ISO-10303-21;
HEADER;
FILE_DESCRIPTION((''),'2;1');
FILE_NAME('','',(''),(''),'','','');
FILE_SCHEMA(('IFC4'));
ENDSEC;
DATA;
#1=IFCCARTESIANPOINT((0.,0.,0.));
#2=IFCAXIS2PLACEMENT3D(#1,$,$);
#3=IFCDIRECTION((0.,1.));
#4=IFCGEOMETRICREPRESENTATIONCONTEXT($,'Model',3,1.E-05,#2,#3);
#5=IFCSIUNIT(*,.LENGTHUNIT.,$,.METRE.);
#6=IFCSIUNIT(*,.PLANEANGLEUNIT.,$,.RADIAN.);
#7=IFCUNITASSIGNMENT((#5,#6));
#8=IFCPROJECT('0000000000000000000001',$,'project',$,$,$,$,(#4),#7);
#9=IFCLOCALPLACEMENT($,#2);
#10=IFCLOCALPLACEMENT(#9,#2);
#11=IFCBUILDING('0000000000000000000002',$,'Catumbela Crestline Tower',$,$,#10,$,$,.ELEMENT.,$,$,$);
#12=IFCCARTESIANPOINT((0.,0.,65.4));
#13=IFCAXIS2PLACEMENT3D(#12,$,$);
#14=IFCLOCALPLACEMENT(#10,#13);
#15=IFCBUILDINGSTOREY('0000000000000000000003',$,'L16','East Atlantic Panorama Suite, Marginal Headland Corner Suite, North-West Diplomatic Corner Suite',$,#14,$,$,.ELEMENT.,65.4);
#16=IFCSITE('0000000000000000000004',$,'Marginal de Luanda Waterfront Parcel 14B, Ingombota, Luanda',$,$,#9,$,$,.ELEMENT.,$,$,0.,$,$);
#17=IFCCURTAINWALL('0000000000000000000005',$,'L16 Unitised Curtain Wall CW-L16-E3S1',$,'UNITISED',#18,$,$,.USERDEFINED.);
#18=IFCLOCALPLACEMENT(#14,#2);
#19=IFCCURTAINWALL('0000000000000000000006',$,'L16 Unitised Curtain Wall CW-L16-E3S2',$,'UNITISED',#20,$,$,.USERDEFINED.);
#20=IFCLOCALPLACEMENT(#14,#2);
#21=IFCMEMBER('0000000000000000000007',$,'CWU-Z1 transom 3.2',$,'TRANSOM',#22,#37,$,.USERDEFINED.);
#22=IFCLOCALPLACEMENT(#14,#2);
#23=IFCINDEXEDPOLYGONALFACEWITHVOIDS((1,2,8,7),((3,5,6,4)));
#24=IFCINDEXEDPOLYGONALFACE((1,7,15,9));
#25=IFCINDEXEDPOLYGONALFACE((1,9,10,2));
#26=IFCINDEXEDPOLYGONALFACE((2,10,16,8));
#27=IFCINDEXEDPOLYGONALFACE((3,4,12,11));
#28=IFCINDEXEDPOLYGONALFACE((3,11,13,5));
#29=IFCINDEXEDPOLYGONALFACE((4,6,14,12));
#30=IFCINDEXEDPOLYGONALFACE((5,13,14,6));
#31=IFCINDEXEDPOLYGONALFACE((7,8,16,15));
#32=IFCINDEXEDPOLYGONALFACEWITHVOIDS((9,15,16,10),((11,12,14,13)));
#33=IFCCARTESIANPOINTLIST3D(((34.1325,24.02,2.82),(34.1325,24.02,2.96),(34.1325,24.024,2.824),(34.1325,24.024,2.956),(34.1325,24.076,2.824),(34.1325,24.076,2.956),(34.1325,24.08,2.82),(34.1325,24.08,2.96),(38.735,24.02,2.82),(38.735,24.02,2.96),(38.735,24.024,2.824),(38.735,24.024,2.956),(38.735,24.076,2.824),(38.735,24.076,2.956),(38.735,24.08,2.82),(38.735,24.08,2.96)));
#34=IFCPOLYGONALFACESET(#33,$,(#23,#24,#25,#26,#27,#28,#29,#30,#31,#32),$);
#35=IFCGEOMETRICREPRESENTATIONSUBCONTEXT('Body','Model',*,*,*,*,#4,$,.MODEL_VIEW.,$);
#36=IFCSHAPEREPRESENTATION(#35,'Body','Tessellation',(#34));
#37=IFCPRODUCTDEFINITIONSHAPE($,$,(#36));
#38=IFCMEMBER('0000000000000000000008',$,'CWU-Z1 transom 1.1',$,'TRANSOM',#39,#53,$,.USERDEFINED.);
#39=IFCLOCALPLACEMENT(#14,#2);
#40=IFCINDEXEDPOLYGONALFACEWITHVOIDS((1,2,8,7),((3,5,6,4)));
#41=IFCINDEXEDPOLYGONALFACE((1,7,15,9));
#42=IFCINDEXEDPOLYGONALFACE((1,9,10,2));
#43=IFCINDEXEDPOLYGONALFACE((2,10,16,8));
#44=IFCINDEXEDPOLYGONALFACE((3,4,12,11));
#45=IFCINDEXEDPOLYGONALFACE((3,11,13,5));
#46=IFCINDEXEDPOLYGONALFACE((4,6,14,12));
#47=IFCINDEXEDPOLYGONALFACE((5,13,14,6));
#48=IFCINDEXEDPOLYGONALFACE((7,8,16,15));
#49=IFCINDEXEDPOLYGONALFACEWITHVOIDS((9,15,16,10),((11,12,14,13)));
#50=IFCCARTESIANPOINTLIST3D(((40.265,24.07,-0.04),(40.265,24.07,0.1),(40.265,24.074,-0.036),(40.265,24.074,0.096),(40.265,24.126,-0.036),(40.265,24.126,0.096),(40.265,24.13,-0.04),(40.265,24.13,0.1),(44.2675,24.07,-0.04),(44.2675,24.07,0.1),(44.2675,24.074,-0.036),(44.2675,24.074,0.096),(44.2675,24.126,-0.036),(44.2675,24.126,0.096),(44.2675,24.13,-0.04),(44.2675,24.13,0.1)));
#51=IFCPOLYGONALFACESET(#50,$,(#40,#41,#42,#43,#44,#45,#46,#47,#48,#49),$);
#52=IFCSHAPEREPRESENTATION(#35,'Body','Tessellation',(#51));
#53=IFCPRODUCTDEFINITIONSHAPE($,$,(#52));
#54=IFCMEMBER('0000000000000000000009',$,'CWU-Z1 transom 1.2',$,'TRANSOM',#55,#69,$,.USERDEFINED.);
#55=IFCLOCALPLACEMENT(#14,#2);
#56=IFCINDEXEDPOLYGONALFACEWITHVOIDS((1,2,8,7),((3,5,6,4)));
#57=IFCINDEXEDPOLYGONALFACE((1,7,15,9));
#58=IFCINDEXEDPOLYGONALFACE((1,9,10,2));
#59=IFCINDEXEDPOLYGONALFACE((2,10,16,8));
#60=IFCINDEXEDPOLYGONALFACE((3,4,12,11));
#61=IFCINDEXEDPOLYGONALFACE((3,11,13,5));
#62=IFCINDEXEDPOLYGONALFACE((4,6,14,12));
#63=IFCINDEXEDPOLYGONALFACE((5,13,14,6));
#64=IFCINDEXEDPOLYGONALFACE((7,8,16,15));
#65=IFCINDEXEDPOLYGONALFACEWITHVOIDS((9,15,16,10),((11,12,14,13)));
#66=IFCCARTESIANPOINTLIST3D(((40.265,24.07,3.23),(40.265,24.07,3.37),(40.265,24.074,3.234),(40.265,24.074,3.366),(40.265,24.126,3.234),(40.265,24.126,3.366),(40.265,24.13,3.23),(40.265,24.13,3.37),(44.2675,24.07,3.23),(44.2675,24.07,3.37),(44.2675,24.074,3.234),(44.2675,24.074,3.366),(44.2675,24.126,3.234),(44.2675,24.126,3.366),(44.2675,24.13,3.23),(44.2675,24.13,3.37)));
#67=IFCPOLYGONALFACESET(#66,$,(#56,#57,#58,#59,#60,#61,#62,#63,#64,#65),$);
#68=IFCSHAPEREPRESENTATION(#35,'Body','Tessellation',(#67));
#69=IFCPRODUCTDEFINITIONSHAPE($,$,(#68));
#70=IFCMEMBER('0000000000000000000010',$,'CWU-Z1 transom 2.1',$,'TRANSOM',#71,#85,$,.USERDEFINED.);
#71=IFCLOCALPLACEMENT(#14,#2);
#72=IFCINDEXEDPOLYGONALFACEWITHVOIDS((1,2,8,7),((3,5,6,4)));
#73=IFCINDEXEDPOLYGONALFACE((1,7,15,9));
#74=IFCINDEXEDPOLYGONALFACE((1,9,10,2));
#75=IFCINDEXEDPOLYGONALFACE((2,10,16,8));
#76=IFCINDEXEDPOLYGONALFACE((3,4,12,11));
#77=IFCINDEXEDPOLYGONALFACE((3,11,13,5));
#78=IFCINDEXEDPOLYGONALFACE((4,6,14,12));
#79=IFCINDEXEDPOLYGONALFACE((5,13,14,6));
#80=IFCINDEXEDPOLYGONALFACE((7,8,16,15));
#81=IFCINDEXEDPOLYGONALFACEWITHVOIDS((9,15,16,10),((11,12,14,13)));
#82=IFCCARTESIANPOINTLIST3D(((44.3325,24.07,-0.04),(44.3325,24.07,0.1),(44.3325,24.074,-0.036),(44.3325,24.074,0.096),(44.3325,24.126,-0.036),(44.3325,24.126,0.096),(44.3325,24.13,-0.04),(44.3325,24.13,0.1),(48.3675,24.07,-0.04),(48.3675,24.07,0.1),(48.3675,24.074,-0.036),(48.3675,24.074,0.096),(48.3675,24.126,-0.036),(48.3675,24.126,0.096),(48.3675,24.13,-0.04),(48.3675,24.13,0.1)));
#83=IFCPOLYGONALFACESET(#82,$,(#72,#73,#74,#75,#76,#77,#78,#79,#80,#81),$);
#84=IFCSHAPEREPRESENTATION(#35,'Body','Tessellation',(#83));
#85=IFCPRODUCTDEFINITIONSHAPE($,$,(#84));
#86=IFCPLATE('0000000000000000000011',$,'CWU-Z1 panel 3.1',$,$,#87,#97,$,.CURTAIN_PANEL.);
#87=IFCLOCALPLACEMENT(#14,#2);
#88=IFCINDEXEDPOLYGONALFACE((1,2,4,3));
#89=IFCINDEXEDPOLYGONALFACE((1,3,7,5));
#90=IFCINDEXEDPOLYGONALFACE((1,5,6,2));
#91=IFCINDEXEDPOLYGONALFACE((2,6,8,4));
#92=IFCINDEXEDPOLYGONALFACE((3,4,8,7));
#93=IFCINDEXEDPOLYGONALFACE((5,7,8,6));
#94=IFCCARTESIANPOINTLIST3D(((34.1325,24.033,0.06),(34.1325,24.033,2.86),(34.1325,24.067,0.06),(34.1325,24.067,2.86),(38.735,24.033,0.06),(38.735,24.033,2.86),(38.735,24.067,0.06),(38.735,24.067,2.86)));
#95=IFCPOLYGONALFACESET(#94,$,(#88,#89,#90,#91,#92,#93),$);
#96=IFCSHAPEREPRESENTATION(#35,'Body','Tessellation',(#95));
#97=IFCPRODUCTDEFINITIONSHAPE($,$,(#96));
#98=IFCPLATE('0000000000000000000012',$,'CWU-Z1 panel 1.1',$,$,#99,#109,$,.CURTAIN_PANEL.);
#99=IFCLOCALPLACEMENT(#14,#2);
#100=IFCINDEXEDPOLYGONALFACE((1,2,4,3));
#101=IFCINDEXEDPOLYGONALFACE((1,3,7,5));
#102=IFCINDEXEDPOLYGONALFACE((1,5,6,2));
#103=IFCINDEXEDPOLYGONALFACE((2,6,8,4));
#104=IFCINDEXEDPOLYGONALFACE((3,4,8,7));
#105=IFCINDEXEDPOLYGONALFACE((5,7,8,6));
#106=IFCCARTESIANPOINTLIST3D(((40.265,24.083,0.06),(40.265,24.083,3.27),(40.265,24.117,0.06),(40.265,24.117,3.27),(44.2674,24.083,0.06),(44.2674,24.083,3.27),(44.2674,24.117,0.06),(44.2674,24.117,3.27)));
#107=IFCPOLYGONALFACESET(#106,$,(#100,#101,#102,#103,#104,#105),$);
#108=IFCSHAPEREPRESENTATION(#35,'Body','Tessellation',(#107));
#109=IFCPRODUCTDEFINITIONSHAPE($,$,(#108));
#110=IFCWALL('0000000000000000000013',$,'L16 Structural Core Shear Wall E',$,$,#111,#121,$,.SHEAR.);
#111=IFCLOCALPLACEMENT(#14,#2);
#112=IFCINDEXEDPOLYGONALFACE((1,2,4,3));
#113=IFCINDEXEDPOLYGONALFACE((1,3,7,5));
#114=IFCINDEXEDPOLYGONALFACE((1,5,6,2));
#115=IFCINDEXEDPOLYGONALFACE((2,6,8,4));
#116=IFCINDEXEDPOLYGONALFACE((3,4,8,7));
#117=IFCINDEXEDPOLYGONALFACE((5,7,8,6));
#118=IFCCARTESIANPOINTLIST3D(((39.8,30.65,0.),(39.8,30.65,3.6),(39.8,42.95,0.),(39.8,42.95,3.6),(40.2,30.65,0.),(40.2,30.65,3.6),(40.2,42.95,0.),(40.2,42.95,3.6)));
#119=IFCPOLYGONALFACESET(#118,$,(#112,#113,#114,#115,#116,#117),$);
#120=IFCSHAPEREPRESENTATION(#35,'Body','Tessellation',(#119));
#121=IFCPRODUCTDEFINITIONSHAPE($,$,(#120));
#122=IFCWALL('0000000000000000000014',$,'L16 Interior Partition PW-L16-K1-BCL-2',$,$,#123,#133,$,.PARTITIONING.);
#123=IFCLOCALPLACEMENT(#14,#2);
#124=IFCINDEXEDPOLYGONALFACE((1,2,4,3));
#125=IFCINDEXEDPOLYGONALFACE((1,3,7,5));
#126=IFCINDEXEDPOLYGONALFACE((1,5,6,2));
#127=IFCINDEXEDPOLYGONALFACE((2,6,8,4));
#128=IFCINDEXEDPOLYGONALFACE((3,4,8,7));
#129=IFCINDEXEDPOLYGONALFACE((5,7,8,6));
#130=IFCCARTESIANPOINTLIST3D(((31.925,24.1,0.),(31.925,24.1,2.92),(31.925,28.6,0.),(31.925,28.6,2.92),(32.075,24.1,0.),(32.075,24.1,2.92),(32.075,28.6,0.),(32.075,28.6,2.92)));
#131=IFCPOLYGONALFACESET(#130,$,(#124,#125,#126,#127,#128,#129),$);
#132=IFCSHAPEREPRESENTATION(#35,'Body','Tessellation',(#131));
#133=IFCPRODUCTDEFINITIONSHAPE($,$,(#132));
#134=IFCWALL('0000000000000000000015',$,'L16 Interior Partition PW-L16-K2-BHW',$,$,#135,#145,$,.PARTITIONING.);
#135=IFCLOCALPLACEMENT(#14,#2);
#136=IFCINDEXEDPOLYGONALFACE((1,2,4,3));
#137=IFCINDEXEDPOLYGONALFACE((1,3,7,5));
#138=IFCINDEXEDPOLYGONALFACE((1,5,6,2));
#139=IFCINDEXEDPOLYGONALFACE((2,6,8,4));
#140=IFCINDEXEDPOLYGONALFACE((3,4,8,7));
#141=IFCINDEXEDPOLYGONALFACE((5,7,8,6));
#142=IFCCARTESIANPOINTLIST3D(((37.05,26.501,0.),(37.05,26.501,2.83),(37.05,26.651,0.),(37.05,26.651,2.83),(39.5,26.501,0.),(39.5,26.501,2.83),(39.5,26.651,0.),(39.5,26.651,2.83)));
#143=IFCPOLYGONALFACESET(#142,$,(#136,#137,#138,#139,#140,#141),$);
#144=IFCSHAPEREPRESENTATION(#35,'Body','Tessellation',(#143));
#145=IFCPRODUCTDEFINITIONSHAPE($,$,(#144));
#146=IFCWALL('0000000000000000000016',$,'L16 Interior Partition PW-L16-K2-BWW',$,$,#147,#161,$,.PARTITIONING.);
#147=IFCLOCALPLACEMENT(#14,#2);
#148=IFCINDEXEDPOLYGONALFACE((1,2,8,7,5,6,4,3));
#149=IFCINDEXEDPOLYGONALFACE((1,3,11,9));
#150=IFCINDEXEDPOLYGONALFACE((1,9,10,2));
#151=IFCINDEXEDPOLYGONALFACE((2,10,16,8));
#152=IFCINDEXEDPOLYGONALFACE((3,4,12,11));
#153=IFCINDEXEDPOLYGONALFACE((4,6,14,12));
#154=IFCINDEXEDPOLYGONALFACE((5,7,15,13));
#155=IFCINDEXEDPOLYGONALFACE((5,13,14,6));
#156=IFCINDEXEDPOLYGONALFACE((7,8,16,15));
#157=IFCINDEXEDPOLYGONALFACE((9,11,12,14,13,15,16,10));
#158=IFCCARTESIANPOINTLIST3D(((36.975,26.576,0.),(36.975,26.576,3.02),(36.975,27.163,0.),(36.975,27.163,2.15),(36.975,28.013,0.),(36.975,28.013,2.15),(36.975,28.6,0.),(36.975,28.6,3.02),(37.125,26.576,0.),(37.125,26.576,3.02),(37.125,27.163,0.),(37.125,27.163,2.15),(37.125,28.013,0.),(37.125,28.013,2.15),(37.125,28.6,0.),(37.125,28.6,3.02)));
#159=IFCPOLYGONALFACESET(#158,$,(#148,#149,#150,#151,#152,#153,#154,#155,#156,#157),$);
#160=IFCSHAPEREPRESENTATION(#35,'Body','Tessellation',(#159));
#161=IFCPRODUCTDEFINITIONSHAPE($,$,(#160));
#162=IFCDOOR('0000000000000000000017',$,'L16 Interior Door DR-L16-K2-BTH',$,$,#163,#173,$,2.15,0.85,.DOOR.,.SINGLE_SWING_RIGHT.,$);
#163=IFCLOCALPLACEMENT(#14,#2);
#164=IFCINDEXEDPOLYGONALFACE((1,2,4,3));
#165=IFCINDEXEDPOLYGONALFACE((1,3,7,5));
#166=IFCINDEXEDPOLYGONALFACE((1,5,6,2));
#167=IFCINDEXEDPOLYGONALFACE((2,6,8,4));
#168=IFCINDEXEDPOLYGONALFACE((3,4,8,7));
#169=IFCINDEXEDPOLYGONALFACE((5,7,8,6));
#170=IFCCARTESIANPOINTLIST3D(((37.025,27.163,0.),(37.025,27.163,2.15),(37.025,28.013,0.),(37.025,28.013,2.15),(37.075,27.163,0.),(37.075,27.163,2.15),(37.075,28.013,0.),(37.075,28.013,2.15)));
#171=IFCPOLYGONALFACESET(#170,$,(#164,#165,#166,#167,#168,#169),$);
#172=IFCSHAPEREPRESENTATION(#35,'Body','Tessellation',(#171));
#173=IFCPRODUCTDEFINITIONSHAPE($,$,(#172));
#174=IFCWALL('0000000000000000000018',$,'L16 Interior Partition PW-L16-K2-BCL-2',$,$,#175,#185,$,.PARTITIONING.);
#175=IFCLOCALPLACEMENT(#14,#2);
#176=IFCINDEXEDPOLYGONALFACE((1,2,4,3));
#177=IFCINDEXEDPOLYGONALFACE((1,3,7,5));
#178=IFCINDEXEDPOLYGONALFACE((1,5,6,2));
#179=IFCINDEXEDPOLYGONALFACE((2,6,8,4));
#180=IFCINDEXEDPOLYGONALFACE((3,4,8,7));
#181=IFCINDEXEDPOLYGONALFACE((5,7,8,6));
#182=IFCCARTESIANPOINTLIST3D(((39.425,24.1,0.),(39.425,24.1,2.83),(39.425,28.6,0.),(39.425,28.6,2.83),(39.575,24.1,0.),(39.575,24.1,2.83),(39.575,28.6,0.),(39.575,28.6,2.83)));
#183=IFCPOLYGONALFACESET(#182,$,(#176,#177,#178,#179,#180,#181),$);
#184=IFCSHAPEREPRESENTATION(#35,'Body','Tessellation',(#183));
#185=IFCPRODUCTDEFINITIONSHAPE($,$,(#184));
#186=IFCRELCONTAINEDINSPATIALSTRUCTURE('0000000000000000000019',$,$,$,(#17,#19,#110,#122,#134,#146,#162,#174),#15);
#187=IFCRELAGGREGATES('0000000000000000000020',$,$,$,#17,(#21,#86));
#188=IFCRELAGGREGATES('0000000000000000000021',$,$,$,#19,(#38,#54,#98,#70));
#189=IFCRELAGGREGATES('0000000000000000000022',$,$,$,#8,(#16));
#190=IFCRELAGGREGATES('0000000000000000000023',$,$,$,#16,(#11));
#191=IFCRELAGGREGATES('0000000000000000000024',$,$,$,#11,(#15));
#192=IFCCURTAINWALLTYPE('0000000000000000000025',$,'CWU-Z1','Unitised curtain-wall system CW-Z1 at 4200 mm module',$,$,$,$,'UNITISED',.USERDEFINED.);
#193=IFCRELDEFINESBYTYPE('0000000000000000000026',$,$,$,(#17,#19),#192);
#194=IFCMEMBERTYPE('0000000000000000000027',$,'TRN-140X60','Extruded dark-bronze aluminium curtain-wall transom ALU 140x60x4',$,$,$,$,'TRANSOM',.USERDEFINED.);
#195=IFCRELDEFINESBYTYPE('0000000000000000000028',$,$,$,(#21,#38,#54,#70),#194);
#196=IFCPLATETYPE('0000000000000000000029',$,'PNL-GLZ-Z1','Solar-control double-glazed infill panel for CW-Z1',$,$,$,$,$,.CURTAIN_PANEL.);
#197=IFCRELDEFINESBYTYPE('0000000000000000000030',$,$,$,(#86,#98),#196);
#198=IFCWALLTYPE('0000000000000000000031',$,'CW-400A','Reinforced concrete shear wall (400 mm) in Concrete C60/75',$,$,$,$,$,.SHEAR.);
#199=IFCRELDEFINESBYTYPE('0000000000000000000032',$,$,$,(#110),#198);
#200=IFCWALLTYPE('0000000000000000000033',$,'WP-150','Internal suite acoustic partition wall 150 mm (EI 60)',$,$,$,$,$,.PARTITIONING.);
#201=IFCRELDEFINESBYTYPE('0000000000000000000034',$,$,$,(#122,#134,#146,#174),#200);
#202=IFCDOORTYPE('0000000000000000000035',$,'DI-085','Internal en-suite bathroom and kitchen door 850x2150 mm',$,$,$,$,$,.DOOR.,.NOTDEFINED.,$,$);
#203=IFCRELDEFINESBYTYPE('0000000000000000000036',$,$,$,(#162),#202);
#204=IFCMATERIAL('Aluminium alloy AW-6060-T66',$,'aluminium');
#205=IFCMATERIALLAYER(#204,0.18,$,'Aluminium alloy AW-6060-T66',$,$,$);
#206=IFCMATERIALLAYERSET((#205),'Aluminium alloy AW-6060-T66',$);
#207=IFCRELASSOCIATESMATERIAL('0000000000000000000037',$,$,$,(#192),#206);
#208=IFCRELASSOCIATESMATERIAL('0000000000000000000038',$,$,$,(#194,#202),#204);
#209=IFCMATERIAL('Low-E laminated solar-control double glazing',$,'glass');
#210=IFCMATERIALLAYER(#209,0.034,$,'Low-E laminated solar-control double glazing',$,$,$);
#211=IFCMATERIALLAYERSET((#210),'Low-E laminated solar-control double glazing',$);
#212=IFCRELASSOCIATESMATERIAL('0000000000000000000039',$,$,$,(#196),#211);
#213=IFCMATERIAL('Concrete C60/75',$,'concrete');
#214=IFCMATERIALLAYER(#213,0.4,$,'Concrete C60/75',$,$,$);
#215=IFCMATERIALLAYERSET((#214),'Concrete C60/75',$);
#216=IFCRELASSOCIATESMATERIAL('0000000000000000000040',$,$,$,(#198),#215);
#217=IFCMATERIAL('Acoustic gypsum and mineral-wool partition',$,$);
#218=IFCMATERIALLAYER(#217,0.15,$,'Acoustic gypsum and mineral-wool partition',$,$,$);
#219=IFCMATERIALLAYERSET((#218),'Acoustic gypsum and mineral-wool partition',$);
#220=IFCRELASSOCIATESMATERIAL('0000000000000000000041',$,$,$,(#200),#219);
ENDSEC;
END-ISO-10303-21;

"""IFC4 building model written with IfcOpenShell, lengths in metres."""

from ifc_helpers import new_model, si_unit, direction, frame, frame_2d, origin, origin_2d, place, context, subcontext, project, spatial, rectangle, hollow_rectangle, extrude, material, layer, layer_set, material_profile, profile_set, type_object, element, fill, aggregate, save


model = new_model("IFC4")

# Units and contexts
model_context = context("Model", 3, precision=1e-05, world=origin(), true_north=direction((0.0, 1.0)))
body_context = subcontext(model_context, "Body", "Model", "MODEL_VIEW")
ifc_project = project(units=[si_unit("LENGTHUNIT", "METRE"), si_unit("PLANEANGLEUNIT", "RADIAN")], contexts=[model_context])

# Site, building, storey
site_placement = place(None, origin())
site = spatial("IfcSite", under=ifc_project, at=site_placement, Name="Marginal de Luanda Waterfront Parcel 14B, Ingombota, Luanda", CompositionType="ELEMENT", RefElevation=0.0)
building_placement = place(site_placement, origin())
building = spatial("IfcBuilding", under=site, at=building_placement, Name="Catumbela Crestline Tower", CompositionType="ELEMENT")
storey_placement = place(building_placement, frame((0.0, 0.0, 65.4)))
storey = spatial("IfcBuildingStorey", under=building, at=storey_placement, Name="L16", Description="East Atlantic Panorama Suite, Marginal Headland Corner Suite, North-West Diplomatic Corner Suite", CompositionType="ELEMENT", Elevation=65.4)

# Shared definitions
ifc_material_1 = material(Name="Concrete C60/75", Category="concrete")

# Curtain walls
ifc_material_2 = material(Name="Aluminium alloy AW-6060-T66", Category="aluminium")
ifc_layer_1 = layer(ifc_material_2, 0.18, Name="Aluminium alloy AW-6060-T66")
ifc_layer_set_1 = layer_set([ifc_layer_1], Name="Aluminium alloy AW-6060-T66")
curtain_wall_type = type_object("IfcCurtainWallType", Name="CWU-Z1", Description="Unitised curtain-wall system CW-Z1 at 4200 mm module", ElementType="UNITISED", PredefinedType="USERDEFINED", material=ifc_layer_set_1)
curtain_wall_1_placement = place(storey_placement, origin())
curtain_wall_1 = element("IfcCurtainWall", 1, at=curtain_wall_1_placement, inside=storey, type_object=curtain_wall_type, Name="L16 Unitised Curtain Wall CW-L16-E3S1", ObjectType="UNITISED", PredefinedType="USERDEFINED")
curtain_wall_2_placement = place(storey_placement, origin())
curtain_wall_2 = element("IfcCurtainWall", 2, at=curtain_wall_2_placement, inside=storey, type_object=curtain_wall_type, Name="L16 Unitised Curtain Wall CW-L16-E3S2", ObjectType="UNITISED", PredefinedType="USERDEFINED")

# Members
ifc_material_profile_1 = material_profile(ifc_material_2, hollow_rectangle(XDim=0.06, YDim=0.14, WallThickness=0.004, at=origin_2d()), Name="ALU 140x60x4")
ifc_profile_set_1 = profile_set([ifc_material_profile_1], Name="Aluminium alloy AW-6060-T66")
member_type_1 = type_object("IfcMemberType", Name="TRN-140X60", Description="Extruded dark-bronze aluminium curtain-wall transom ALU 140x60x4", ElementType="TRANSOM", PredefinedType="USERDEFINED", material=ifc_profile_set_1)
member_1_placement = place(storey_placement, frame((34.1325, 24.05, 2.89), z_axis=(1.0, 0.0, 0.0), x_axis=(0.0, 1.0, 0.0)))
member_1 = element("IfcMember", 3, at=member_1_placement, type_object=member_type_1, Name="CWU-Z1 transom 3.2", ObjectType="TRANSOM", PredefinedType="USERDEFINED", context=body_context, shape_type="SweptSolid", body=[
    extrude(hollow_rectangle(XDim=0.06, YDim=0.14, WallThickness=0.004, at=origin_2d()), origin(), (0.0, 0.0, 1.0), 4.6025),
])
member_2_placement = place(storey_placement, frame((40.265, 24.1, 0.03), z_axis=(1.0, 0.0, 0.0), x_axis=(0.0, 1.0, 0.0)))
member_2 = element("IfcMember", 4, at=member_2_placement, type_object=member_type_1, Name="CWU-Z1 transom 1.1", ObjectType="TRANSOM", PredefinedType="USERDEFINED", context=body_context, shape_type="SweptSolid", body=[
    extrude(hollow_rectangle(XDim=0.06, YDim=0.14, WallThickness=0.004, at=origin_2d()), origin(), (0.0, 0.0, 1.0), 4.0025),
])
member_3_placement = place(storey_placement, frame((40.265, 24.1, 3.3), z_axis=(1.0, 0.0, 0.0), x_axis=(0.0, 1.0, 0.0)))
member_3 = element("IfcMember", 5, at=member_3_placement, type_object=member_type_1, Name="CWU-Z1 transom 1.2", ObjectType="TRANSOM", PredefinedType="USERDEFINED", context=body_context, shape_type="SweptSolid", body=[
    extrude(hollow_rectangle(XDim=0.06, YDim=0.14, WallThickness=0.004, at=origin_2d()), origin(), (0.0, 0.0, 1.0), 4.0025),
])
member_4_placement = place(storey_placement, frame((44.3325, 24.1, 0.03), z_axis=(1.0, 0.0, 0.0), x_axis=(0.0, 1.0, 0.0)))
member_4 = element("IfcMember", 6, at=member_4_placement, type_object=member_type_1, Name="CWU-Z1 transom 2.1", ObjectType="TRANSOM", PredefinedType="USERDEFINED", context=body_context, shape_type="SweptSolid", body=[
    extrude(hollow_rectangle(XDim=0.06, YDim=0.14, WallThickness=0.004, at=origin_2d()), origin(), (0.0, 0.0, 1.0), 4.035),
])

# Plates
ifc_material_3 = material(Name="Low-E laminated solar-control double glazing", Category="glass")
ifc_layer_2 = layer(ifc_material_3, 0.034, Name="Low-E laminated solar-control double glazing")
ifc_layer_set_2 = layer_set([ifc_layer_2], Name="Low-E laminated solar-control double glazing")
plate_type = type_object("IfcPlateType", Name="PNL-GLZ-Z1", Description="Solar-control double-glazed infill panel for CW-Z1", PredefinedType="CURTAIN_PANEL", material=ifc_layer_set_2)
plate_1_placement = place(storey_placement, frame((36.4338, 24.05, 0.06), z_axis=(0.0, 0.0, 1.0), x_axis=(1.0, 0.0, 0.0)))
plate_1 = element("IfcPlate", 7, at=plate_1_placement, type_object=plate_type, Name="CWU-Z1 panel 3.1", PredefinedType="CURTAIN_PANEL", context=body_context, shape_type="SweptSolid", body=[
    extrude(rectangle(XDim=4.6025, YDim=0.034, at=origin_2d()), origin(), (0.0, 0.0, 1.0), 2.8),
])
aggregate(curtain_wall_1, [member_1, plate_1])
plate_2_placement = place(storey_placement, frame((42.2662, 24.1, 0.06), z_axis=(0.0, 0.0, 1.0), x_axis=(1.0, 0.0, 0.0)))
plate_2 = element("IfcPlate", 8, at=plate_2_placement, type_object=plate_type, Name="CWU-Z1 panel 1.1", PredefinedType="CURTAIN_PANEL", context=body_context, shape_type="SweptSolid", body=[
    extrude(rectangle(XDim=4.0025, YDim=0.034, at=origin_2d()), origin(), (0.0, 0.0, 1.0), 3.21),
])
aggregate(curtain_wall_2, [member_2, member_3, plate_2, member_4])

# Walls
ifc_layer_3 = layer(ifc_material_1, 0.4, Name="Concrete C60/75")
ifc_layer_set_3 = layer_set([ifc_layer_3], Name="Concrete C60/75")
wall_type_1 = type_object("IfcWallType", Name="CW-400A", Description="Reinforced concrete shear wall (400 mm) in Concrete C60/75", PredefinedType="SHEAR", material=ifc_layer_set_3)
wall_1_placement = place(storey_placement, frame((40.0, 30.65, 0.0), z_axis=(0.0, 0.0, 1.0), x_axis=(0.0, 1.0, 0.0)))
element("IfcWall", 9, at=wall_1_placement, inside=storey, type_object=wall_type_1, Name="L16 Structural Core Shear Wall E", PredefinedType="SHEAR", context=body_context, shape_type="SweptSolid", body=[
    extrude(rectangle(XDim=12.3, YDim=0.4, at=frame_2d((6.15, 0.0))), origin(), (0.0, 0.0, 1.0), 3.6),
])
ifc_material_4 = material(Name="Acoustic gypsum and mineral-wool partition")
ifc_layer_4 = layer(ifc_material_4, 0.15, Name="Acoustic gypsum and mineral-wool partition")
ifc_layer_set_4 = layer_set([ifc_layer_4], Name="Acoustic gypsum and mineral-wool partition")
wall_type_2 = type_object("IfcWallType", Name="WP-150", Description="Internal suite acoustic partition wall 150 mm (EI 60)", PredefinedType="PARTITIONING", material=ifc_layer_set_4)
wall_2_placement = place(storey_placement, frame((32.0, 28.6, 0.0), z_axis=(0.0, 0.0, 1.0), x_axis=(0.0, -1.0, 0.0)))
element("IfcWall", 10, at=wall_2_placement, inside=storey, type_object=wall_type_2, Name="L16 Interior Partition PW-L16-K1-BCL-2", PredefinedType="PARTITIONING", context=body_context, shape_type="SweptSolid", body=[
    extrude(rectangle(XDim=4.5, YDim=0.15, at=frame_2d((2.25, 0.0))), origin(), (0.0, 0.0, 1.0), 2.92),
])
wall_3_placement = place(storey_placement, frame((37.05, 26.576, 0.0), z_axis=(0.0, 0.0, 1.0), x_axis=(1.0, 0.0, 0.0)))
element("IfcWall", 11, at=wall_3_placement, inside=storey, type_object=wall_type_2, Name="L16 Interior Partition PW-L16-K2-BHW", PredefinedType="PARTITIONING", context=body_context, shape_type="SweptSolid", body=[
    extrude(rectangle(XDim=2.45, YDim=0.15, at=frame_2d((1.225, 0.0))), origin(), (0.0, 0.0, 1.0), 2.83),
])

# Wall, opening, door
wall_4_placement = place(storey_placement, frame((37.05, 26.576, 0.0), z_axis=(0.0, 0.0, 1.0), x_axis=(0.0, 1.0, 0.0)))
wall_4 = element("IfcWall", 12, at=wall_4_placement, inside=storey, type_object=wall_type_2, Name="L16 Interior Partition PW-L16-K2-BWW", PredefinedType="PARTITIONING", context=body_context, shape_type="SweptSolid", body=[
    extrude(rectangle(XDim=2.024, YDim=0.15, at=frame_2d((1.012, 0.0))), origin(), (0.0, 0.0, 1.0), 3.02),
])
opening_1_placement = place(wall_4_placement, frame((0.587, 0.0, 0.0)))
opening_1 = element("IfcOpeningElement", 13, at=opening_1_placement, cuts=wall_4, PredefinedType="OPENING", context=body_context, shape_type="SweptSolid", body=[
    extrude(rectangle(XDim=0.85, YDim=2.15, at=frame_2d((0.425, 1.075))), frame((0.0, 0.085, 0.0), z_axis=(0.0, -1.0, 0.0), x_axis=(1.0, 0.0, 0.0)), (0.0, 0.0, 1.0), 0.17),
])
door_type = type_object("IfcDoorType", Name="DI-085", Description="Internal en-suite bathroom and kitchen door 850x2150 mm", OperationType="NOTDEFINED", PredefinedType="DOOR", material=ifc_material_2)
door_1_placement = place(opening_1_placement, origin())
door_1 = element("IfcDoor", 14, at=door_1_placement, inside=storey, type_object=door_type, Name="L16 Interior Door DR-L16-K2-BTH", OperationType="SINGLE_SWING_RIGHT", OverallHeight=2.15, OverallWidth=0.85, PredefinedType="DOOR", context=body_context, shape_type="SweptSolid", body=[
    extrude(rectangle(XDim=0.85, YDim=2.15, at=frame_2d((0.425, 1.075))), frame((0.0, 0.025, 0.0), z_axis=(0.0, -1.0, 0.0), x_axis=(1.0, 0.0, 0.0)), (0.0, 0.0, 1.0), 0.05),
])
fill(opening_1, door_1)

# Wall
wall_5_placement = place(storey_placement, frame((39.5, 28.6, 0.0), z_axis=(0.0, 0.0, 1.0), x_axis=(0.0, -1.0, 0.0)))
element("IfcWall", 15, at=wall_5_placement, inside=storey, type_object=wall_type_2, Name="L16 Interior Partition PW-L16-K2-BCL-2", PredefinedType="PARTITIONING", context=body_context, shape_type="SweptSolid", body=[
    extrude(rectangle(XDim=4.5, YDim=0.15, at=frame_2d((2.25, 0.0))), origin(), (0.0, 0.0, 1.0), 2.83),
])

save(model, "model.ifc")
